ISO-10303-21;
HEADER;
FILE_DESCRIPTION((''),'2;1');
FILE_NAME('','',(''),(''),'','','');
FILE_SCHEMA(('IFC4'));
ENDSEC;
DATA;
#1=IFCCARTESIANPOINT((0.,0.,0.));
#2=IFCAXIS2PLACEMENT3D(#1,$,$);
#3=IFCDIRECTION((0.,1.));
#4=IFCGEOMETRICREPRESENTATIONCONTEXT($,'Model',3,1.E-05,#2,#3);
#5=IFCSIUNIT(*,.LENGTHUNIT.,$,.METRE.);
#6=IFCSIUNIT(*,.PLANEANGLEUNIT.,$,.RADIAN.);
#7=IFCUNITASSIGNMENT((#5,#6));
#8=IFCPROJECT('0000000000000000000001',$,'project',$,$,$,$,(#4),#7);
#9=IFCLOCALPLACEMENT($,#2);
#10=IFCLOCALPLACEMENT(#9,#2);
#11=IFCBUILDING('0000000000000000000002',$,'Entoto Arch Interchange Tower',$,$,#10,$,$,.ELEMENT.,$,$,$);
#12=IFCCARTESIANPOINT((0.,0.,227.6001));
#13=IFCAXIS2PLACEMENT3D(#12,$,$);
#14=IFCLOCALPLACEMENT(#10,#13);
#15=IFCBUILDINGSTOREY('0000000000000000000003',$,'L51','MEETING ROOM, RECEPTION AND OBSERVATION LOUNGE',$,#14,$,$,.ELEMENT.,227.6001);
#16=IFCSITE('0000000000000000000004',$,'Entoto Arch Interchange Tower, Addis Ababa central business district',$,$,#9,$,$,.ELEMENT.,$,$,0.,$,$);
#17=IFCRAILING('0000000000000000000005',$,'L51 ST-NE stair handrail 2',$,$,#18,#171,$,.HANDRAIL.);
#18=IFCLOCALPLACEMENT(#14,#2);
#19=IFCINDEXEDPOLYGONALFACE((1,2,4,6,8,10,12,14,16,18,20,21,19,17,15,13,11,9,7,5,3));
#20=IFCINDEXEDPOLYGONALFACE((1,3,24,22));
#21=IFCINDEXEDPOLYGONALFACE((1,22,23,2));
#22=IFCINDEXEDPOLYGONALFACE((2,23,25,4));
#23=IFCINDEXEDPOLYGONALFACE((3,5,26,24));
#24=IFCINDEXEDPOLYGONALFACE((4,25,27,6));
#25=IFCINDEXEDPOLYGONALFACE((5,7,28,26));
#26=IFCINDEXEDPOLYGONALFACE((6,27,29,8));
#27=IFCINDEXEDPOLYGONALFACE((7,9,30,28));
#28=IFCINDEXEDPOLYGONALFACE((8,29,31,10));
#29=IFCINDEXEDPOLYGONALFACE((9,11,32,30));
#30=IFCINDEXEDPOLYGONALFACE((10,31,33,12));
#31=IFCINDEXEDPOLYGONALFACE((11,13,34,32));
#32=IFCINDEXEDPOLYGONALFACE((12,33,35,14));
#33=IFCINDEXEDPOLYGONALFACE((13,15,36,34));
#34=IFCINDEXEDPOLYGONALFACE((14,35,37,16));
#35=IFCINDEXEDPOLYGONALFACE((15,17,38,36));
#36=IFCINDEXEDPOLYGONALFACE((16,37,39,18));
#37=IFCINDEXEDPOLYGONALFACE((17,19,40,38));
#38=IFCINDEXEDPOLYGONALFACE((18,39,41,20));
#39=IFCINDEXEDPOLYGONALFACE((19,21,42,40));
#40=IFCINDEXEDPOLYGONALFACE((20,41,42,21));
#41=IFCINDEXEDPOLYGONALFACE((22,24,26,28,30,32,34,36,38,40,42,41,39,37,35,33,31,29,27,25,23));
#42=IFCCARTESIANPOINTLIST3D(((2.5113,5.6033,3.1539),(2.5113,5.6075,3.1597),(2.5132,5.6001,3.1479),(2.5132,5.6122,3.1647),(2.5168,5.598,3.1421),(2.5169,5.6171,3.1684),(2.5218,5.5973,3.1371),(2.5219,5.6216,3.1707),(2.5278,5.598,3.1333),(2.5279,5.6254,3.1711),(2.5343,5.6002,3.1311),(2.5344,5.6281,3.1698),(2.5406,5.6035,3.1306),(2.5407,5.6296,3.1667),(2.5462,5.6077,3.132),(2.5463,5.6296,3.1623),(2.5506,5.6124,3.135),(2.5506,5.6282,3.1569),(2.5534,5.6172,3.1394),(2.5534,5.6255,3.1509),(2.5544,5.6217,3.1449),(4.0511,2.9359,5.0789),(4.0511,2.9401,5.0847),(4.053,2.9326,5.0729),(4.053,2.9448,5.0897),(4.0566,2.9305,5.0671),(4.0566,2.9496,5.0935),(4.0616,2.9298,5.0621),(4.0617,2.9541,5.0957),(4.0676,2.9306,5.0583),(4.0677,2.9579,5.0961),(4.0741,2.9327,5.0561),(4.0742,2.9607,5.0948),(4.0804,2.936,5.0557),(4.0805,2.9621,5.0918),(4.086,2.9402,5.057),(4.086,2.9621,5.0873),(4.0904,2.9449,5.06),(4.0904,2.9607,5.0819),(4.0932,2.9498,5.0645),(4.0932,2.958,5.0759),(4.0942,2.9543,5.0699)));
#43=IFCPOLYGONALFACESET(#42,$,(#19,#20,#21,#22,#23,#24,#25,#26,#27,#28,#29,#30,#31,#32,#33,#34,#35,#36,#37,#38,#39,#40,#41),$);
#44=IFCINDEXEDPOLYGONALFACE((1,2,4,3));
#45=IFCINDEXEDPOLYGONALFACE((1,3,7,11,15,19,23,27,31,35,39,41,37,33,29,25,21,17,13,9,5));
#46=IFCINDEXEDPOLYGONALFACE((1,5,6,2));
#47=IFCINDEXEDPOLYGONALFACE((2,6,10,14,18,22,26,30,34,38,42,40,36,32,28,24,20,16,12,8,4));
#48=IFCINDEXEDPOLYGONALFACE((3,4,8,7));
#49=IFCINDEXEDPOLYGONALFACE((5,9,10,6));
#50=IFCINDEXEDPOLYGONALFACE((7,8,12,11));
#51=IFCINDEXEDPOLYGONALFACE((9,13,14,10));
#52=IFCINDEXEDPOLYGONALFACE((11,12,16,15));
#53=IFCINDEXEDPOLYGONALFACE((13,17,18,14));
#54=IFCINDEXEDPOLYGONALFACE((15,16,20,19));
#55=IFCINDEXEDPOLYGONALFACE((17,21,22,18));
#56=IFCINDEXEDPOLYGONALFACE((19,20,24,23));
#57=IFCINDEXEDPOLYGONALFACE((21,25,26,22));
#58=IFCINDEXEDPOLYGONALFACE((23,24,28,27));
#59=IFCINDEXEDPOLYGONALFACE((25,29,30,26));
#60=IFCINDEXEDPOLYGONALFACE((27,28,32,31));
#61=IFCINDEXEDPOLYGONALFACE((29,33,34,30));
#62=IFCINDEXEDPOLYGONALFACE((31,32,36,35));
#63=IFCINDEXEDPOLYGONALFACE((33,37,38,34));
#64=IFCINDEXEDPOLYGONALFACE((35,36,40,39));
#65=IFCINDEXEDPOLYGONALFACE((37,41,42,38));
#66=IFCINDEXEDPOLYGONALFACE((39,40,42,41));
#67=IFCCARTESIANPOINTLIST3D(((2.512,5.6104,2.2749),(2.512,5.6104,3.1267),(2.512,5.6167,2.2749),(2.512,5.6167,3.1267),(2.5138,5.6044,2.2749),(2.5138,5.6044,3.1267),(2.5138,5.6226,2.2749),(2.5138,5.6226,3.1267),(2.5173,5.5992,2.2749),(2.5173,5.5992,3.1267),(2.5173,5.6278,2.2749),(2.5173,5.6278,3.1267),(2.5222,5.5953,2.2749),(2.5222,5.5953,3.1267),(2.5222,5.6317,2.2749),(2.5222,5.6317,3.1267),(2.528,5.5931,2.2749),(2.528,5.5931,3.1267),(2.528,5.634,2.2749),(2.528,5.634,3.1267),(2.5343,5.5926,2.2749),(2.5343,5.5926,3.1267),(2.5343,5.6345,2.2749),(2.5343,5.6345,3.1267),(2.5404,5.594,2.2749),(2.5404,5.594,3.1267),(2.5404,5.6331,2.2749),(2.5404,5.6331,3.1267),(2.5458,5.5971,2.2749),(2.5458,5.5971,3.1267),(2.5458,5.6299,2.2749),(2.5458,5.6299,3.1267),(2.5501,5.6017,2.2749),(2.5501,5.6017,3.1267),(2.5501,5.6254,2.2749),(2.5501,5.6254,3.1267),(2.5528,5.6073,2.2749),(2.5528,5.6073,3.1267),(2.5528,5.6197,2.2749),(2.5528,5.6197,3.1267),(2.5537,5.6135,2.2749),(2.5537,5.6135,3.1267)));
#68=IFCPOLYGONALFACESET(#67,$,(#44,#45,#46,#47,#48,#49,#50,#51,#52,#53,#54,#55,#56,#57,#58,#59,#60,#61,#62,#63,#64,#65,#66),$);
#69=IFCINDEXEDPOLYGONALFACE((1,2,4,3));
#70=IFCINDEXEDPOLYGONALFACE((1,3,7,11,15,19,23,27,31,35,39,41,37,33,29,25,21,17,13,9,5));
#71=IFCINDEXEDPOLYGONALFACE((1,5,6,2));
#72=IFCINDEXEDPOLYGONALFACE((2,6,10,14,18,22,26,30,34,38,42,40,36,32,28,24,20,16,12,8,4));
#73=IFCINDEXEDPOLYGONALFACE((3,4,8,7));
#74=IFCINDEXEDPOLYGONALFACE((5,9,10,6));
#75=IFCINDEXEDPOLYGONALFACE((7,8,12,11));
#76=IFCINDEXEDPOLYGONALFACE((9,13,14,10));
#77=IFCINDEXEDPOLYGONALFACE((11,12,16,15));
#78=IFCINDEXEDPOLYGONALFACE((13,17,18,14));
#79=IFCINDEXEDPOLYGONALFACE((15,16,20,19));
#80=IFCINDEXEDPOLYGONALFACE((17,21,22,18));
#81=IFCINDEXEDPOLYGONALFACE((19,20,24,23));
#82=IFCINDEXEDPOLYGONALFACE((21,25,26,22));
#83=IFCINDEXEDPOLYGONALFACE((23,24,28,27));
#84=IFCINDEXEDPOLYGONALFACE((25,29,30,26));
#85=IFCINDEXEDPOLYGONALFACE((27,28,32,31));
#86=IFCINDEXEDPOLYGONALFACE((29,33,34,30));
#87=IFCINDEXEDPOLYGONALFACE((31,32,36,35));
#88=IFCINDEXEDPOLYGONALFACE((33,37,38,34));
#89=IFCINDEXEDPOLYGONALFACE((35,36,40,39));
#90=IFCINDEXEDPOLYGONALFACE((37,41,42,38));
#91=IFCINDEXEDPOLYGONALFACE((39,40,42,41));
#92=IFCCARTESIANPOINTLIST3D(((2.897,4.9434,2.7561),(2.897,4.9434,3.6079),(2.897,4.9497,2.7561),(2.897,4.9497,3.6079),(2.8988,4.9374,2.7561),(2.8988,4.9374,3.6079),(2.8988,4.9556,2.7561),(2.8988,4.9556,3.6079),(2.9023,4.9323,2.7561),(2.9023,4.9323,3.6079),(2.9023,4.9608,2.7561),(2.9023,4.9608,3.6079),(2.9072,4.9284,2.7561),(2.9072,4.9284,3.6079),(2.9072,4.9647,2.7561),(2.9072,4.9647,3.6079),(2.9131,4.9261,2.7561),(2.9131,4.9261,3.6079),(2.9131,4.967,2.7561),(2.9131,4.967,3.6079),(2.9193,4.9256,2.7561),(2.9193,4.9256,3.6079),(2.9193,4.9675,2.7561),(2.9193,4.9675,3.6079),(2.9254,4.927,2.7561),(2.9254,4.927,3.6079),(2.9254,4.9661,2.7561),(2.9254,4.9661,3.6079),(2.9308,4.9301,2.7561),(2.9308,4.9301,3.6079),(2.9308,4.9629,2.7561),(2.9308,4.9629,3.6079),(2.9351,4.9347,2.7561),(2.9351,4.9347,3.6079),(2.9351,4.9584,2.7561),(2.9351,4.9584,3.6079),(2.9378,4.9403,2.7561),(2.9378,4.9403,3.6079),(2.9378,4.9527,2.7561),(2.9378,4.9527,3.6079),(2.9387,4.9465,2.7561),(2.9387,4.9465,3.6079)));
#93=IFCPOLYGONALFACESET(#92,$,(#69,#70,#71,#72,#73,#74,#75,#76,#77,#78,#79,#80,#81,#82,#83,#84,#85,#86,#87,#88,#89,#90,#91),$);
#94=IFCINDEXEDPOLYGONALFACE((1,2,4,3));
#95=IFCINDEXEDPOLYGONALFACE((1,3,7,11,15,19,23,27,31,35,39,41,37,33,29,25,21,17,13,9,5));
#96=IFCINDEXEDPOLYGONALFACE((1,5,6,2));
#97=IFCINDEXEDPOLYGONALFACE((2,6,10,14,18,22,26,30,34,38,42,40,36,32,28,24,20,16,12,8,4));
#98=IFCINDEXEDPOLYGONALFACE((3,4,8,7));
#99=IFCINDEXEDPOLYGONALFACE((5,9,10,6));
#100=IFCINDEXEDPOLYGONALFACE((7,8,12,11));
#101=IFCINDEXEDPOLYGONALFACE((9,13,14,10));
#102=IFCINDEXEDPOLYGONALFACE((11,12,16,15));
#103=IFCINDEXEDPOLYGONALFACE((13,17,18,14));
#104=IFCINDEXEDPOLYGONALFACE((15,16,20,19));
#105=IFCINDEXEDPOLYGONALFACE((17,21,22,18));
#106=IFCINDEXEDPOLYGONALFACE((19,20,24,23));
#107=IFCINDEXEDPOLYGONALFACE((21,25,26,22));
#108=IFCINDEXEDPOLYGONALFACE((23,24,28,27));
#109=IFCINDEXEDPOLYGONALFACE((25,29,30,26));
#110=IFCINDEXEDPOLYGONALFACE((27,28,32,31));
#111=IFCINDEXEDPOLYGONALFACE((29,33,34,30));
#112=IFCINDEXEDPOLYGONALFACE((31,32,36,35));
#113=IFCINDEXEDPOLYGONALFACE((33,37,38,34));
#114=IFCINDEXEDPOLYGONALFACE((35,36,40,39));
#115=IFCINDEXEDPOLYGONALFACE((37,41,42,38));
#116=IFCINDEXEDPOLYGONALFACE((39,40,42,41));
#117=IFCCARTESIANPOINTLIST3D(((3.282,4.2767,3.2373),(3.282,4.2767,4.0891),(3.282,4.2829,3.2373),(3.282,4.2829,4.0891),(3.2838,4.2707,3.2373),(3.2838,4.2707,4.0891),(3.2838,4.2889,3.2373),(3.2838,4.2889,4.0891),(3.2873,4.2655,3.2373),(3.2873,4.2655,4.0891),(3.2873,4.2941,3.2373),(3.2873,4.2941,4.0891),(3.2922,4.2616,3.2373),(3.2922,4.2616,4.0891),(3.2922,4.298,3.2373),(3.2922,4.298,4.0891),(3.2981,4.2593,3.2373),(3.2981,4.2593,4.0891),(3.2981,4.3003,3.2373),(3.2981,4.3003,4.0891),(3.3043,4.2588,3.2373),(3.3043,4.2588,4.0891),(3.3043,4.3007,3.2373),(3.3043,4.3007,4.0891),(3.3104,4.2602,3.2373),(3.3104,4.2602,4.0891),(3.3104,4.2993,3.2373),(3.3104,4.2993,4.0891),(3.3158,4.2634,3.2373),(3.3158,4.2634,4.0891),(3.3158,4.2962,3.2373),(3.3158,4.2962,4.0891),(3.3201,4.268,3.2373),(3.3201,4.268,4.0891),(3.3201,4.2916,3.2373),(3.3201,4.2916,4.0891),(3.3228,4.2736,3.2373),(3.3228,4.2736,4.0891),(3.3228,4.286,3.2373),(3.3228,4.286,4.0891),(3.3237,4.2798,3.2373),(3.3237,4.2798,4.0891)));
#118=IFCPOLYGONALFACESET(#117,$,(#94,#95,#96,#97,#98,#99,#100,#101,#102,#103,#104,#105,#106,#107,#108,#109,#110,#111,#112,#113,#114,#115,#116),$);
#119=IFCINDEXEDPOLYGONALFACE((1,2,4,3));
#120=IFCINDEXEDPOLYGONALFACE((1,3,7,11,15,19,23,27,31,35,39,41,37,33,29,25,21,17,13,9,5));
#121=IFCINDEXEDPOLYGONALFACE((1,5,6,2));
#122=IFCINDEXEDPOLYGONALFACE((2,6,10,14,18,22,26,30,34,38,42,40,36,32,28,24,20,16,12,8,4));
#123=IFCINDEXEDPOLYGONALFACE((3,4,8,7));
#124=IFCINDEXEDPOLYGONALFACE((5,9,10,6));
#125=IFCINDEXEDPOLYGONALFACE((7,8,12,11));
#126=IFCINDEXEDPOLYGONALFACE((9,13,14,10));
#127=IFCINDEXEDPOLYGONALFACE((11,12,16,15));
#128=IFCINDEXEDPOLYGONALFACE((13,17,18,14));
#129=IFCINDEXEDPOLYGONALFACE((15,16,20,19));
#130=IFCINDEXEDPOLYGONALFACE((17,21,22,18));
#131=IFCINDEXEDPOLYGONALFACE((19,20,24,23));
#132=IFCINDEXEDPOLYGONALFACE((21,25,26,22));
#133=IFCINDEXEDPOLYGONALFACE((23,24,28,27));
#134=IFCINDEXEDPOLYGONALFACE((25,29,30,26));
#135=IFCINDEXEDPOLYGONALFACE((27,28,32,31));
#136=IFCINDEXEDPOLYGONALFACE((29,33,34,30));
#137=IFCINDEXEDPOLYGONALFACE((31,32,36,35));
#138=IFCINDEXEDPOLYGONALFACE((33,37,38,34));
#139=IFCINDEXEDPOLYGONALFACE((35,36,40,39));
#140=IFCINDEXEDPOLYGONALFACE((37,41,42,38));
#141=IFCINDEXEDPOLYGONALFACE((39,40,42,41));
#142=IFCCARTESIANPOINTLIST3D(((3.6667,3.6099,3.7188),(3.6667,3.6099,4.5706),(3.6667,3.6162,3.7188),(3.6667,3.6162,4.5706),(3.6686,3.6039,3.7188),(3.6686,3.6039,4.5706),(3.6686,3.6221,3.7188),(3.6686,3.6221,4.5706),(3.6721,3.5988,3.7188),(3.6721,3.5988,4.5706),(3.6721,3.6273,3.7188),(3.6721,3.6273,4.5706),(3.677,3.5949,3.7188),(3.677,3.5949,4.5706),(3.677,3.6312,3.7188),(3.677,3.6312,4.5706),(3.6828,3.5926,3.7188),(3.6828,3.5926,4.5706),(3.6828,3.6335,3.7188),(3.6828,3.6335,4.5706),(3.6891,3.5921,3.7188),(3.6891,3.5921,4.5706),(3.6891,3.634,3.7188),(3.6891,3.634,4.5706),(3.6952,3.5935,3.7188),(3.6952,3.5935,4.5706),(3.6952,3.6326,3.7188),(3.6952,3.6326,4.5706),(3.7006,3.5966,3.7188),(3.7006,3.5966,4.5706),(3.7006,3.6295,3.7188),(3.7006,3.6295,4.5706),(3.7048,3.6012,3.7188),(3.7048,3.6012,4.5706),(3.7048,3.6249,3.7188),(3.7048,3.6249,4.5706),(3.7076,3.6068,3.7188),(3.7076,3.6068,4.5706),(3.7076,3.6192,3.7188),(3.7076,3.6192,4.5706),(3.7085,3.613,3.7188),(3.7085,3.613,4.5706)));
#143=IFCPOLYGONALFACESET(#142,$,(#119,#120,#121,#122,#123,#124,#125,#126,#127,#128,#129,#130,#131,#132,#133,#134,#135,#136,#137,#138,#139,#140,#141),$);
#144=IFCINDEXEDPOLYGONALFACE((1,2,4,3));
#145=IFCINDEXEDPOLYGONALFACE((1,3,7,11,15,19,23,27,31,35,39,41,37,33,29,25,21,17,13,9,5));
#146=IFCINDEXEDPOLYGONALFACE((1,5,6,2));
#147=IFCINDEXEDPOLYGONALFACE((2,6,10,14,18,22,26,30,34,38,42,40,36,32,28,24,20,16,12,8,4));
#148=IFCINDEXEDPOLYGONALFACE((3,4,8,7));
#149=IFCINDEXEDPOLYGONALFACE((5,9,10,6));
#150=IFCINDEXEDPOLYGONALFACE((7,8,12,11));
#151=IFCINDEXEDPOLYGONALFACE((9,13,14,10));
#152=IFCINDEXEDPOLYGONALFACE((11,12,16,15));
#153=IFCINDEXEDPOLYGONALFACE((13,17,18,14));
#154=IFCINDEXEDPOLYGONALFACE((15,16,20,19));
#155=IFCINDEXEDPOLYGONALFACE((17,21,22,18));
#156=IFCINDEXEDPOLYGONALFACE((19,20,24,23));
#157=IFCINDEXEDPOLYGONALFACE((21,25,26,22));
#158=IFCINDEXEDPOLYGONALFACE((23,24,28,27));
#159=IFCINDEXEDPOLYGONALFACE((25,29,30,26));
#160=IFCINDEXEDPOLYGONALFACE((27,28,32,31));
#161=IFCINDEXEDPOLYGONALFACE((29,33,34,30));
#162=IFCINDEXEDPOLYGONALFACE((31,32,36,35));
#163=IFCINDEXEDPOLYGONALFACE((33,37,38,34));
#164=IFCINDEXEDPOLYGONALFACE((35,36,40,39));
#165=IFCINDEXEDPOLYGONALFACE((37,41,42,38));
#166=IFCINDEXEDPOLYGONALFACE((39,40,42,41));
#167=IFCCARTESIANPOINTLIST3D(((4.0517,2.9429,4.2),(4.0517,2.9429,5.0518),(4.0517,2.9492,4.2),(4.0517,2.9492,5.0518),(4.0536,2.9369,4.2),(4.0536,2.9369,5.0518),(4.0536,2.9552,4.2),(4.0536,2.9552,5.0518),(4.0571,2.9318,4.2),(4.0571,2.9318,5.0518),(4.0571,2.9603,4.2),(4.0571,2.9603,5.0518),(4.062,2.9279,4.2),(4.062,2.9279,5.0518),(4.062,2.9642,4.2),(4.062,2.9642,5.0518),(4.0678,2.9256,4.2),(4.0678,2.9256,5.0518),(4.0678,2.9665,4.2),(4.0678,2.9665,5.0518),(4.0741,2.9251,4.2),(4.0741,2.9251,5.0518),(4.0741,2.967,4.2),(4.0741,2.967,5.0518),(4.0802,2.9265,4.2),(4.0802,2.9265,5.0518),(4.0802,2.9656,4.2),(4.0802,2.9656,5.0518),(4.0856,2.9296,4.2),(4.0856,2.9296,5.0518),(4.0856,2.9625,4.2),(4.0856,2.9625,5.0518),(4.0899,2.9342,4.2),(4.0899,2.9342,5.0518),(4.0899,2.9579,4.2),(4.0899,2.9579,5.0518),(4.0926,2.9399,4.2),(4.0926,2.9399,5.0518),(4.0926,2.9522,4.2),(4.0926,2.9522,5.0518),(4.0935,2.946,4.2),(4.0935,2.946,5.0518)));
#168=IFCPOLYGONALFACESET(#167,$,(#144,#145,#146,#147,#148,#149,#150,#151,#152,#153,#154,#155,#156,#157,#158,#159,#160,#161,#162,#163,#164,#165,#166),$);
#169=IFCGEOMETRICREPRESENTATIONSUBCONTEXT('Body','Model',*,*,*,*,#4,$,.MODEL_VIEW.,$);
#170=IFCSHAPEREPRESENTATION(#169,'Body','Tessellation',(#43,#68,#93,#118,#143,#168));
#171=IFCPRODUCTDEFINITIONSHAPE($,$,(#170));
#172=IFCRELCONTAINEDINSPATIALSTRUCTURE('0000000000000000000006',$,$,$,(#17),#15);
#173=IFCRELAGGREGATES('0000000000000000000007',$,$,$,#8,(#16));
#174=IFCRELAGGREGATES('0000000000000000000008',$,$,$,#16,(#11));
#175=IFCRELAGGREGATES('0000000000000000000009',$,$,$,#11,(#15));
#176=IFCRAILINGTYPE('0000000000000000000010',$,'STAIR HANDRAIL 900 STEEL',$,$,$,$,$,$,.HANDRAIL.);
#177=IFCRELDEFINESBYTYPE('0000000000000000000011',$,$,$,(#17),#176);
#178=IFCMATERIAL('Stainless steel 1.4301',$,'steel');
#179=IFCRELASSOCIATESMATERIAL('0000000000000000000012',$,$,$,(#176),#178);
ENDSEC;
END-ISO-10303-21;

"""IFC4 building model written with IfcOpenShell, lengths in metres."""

from ifc_helpers import new_model, si_unit, direction, frame, origin, origin_2d, place, context, subcontext, project, spatial, circle, extrude, material, type_object, element, save


model = new_model("IFC4")

# Units and contexts
model_context = context("Model", 3, precision=1e-05, world=origin(), true_north=direction((0.0, 1.0)))
body_context = subcontext(model_context, "Body", "Model", "MODEL_VIEW")
ifc_project = project(units=[si_unit("LENGTHUNIT", "METRE"), si_unit("PLANEANGLEUNIT", "RADIAN")], contexts=[model_context])

# Site, building, storey
site_placement = place(None, origin())
site = spatial("IfcSite", under=ifc_project, at=site_placement, Name="Entoto Arch Interchange Tower, Addis Ababa central business district", CompositionType="ELEMENT", RefElevation=0.0)
building_placement = place(site_placement, origin())
building = spatial("IfcBuilding", under=site, at=building_placement, Name="Entoto Arch Interchange Tower", CompositionType="ELEMENT")
storey_placement = place(building_placement, frame((0.0, 0.0, 227.6001)))
storey = spatial("IfcBuildingStorey", under=building, at=storey_placement, Name="L51", Description="MEETING ROOM, RECEPTION AND OBSERVATION LOUNGE", CompositionType="ELEMENT", Elevation=227.6001)

# Railing
ifc_material_1 = material(Name="Stainless steel 1.4301", Category="steel")
railing_type_1 = type_object("IfcRailingType", Name="STAIR HANDRAIL 900 STEEL", PredefinedType="HANDRAIL", material=ifc_material_1)
railing_1_placement = place(storey_placement, frame((2.5327, 5.6135, 2.2749)))
element("IfcRailing", 1, at=railing_1_placement, inside=storey, type_object=railing_type_1, Name="L51 ST-NE stair handrail 2", PredefinedType="HANDRAIL", context=body_context, shape_type="SweptSolid", body=[
    extrude(circle(Radius=0.0239, at=origin_2d()), frame((0.0, 0.0, 0.876), z_axis=(0.423939, -0.734416, 0.530008), x_axis=(0.866064, 0.499933, 0.0)), (0.0, 0.0, 1.0), 3.6321),
    extrude(circle(Radius=0.021, at=origin_2d()), origin(), (0.0, 0.0, 1.0), 0.8518),
    extrude(circle(Radius=0.021, at=origin_2d()), frame((0.385, -0.667, 0.4812)), (0.0, 0.0, 1.0), 0.8518),
    extrude(circle(Radius=0.021, at=origin_2d()), frame((0.77, -1.3337, 0.9624)), (0.0, 0.0, 1.0), 0.8518),
    extrude(circle(Radius=0.021, at=origin_2d()), frame((1.1548, -2.0005, 1.4438)), (0.0, 0.0, 1.0), 0.8518),
    extrude(circle(Radius=0.021, at=origin_2d()), frame((1.5398, -2.6675, 1.925)), (0.0, 0.0, 1.0), 0.8518),
])

save(model, "model.ifc")
